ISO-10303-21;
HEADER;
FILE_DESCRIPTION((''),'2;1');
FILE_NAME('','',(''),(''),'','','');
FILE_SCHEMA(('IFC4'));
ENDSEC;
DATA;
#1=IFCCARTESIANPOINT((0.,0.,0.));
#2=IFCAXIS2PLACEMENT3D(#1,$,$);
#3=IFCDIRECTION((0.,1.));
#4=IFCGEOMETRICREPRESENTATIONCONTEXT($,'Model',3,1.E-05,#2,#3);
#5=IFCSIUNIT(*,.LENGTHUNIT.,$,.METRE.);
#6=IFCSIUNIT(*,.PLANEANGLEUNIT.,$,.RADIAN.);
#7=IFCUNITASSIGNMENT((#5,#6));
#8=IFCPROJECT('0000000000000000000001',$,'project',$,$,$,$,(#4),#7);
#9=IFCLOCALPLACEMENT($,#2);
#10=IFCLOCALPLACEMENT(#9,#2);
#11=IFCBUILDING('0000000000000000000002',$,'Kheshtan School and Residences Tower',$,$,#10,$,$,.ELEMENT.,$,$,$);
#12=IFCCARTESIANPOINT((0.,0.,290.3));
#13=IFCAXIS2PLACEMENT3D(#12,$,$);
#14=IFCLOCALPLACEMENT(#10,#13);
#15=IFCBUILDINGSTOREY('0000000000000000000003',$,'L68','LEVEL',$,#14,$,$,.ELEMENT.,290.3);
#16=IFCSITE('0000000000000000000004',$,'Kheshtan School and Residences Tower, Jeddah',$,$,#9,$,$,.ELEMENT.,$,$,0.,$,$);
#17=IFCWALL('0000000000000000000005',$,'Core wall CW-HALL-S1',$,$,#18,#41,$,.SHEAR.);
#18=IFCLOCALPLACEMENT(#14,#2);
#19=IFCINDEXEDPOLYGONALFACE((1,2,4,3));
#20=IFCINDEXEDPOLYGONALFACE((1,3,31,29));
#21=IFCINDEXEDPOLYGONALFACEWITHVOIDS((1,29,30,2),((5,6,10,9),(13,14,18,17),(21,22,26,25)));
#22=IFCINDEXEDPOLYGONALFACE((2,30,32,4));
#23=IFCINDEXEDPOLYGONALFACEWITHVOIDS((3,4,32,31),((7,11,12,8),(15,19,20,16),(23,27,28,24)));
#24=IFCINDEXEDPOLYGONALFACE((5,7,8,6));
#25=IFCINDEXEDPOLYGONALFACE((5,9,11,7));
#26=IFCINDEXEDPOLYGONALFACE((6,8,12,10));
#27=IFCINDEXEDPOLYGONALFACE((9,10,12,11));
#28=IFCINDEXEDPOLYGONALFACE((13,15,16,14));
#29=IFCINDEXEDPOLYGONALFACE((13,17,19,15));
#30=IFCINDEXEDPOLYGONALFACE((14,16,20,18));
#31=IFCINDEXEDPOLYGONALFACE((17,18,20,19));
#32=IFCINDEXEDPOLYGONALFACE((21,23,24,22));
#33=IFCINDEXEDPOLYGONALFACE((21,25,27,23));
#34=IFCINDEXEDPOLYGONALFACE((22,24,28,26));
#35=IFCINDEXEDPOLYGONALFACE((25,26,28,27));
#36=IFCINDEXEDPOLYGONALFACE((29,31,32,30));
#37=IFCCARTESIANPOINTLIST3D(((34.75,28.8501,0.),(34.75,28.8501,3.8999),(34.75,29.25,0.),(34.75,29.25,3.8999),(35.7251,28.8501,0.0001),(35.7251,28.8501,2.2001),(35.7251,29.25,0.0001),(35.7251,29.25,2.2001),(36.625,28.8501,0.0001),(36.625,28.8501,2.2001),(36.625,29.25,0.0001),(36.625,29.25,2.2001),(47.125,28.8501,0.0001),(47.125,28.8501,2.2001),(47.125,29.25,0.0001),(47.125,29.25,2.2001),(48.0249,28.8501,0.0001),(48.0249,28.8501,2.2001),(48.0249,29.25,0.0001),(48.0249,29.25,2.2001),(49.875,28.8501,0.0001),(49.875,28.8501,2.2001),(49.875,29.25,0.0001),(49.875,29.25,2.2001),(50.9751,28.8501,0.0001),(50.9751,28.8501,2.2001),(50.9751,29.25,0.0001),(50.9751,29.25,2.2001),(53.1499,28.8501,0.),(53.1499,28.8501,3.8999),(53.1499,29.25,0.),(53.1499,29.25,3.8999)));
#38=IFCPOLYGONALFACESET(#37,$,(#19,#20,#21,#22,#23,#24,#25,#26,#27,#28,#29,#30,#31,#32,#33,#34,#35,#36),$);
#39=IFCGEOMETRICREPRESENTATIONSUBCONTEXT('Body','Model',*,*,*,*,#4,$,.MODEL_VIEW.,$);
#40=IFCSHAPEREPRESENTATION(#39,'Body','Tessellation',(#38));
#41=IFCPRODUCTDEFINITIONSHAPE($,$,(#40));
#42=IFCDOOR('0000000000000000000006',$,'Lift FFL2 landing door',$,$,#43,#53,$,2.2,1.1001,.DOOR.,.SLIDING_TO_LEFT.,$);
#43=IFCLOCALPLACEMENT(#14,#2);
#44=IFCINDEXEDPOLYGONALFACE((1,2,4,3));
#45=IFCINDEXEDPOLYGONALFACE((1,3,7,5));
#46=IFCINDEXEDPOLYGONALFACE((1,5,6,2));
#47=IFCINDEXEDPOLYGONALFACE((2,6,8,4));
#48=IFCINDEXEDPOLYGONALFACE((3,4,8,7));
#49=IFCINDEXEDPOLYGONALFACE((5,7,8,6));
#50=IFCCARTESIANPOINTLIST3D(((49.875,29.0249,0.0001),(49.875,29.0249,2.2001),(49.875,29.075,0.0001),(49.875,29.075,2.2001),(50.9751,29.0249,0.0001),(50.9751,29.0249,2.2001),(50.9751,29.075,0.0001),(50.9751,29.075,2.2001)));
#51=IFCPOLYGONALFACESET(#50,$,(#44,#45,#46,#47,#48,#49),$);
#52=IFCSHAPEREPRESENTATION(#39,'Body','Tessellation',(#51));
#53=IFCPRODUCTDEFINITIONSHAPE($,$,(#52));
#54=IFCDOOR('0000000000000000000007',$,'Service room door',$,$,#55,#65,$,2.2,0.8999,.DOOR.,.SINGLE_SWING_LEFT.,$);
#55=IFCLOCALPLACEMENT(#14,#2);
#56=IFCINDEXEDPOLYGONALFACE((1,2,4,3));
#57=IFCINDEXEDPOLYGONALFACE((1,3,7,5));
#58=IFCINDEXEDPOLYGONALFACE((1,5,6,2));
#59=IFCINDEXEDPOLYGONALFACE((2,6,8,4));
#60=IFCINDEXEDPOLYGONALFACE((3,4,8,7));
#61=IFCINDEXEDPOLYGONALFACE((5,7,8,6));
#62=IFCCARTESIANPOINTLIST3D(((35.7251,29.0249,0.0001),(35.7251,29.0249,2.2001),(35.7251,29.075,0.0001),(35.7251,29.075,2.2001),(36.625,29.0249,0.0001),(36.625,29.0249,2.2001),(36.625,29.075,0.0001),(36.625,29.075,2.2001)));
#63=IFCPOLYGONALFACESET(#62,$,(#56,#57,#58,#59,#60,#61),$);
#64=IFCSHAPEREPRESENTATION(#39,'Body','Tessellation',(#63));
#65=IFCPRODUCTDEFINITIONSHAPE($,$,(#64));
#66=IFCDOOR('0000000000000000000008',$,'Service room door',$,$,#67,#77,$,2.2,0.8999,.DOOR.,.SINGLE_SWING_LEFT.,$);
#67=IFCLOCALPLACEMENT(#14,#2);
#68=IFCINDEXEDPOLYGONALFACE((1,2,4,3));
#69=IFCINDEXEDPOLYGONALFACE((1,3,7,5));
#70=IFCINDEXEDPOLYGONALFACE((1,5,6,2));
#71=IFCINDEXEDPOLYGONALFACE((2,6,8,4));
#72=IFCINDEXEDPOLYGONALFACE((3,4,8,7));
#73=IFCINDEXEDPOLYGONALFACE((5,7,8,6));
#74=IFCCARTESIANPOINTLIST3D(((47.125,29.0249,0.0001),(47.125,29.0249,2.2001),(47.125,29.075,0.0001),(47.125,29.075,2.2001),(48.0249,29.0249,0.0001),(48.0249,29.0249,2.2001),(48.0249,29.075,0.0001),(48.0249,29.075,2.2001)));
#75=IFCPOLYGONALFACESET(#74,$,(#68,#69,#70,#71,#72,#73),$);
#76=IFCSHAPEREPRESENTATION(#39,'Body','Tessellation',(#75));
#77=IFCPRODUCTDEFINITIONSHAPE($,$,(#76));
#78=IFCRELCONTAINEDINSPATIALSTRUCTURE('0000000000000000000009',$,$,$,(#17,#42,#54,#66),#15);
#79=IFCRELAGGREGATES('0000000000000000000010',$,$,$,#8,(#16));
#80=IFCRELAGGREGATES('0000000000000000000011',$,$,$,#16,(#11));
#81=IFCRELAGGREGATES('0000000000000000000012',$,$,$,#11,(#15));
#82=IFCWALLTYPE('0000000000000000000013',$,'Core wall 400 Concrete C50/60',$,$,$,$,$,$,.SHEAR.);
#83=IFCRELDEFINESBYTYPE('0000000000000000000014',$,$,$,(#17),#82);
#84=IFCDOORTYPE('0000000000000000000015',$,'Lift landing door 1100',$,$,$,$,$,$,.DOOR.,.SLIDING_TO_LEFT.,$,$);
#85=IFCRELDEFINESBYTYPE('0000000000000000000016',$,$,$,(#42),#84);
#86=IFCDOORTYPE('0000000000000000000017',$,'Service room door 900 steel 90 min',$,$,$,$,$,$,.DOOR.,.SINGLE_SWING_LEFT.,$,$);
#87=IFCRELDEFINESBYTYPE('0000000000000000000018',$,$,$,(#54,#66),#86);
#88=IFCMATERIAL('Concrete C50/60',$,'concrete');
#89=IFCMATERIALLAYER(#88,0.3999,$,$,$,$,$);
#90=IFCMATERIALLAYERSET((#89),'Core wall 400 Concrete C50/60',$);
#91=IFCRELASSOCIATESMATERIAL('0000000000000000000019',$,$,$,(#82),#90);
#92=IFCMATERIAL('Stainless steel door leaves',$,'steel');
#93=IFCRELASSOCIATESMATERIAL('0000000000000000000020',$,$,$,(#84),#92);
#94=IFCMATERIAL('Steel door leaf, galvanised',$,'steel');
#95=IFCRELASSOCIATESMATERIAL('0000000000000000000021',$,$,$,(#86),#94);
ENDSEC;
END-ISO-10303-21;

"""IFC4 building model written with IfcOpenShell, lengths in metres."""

from ifc_helpers import new_model, si_unit, direction, frame, frame_2d, origin, place, context, subcontext, project, spatial, rectangle, extrude, source, transform, mapped, material, layer, layer_set, type_object, element, fill, save


model = new_model("IFC4")

# Units and contexts
model_context = context("Model", 3, precision=1e-05, world=origin(), true_north=direction((0.0, 1.0)))
body_context = subcontext(model_context, "Body", "Model", "MODEL_VIEW")
ifc_project = project(units=[si_unit("LENGTHUNIT", "METRE"), si_unit("PLANEANGLEUNIT", "RADIAN")], contexts=[model_context])

# Site, building, storey
site_placement = place(None, origin())
site = spatial("IfcSite", under=ifc_project, at=site_placement, Name="Kheshtan School and Residences Tower, Jeddah", CompositionType="ELEMENT", RefElevation=0.0)
building_placement = place(site_placement, origin())
building = spatial("IfcBuilding", under=site, at=building_placement, Name="Kheshtan School and Residences Tower", CompositionType="ELEMENT")
storey_placement = place(building_placement, frame((0.0, 0.0, 290.3)))
storey = spatial("IfcBuildingStorey", under=building, at=storey_placement, Name="L68", Description="LEVEL", CompositionType="ELEMENT", Elevation=290.3)

# Wall, openings, doors
ifc_material_1 = material(Name="Concrete C50/60", Category="concrete")
ifc_layer_1 = layer(ifc_material_1, 0.3999)
ifc_layer_set_1 = layer_set([ifc_layer_1], Name="Core wall 400 Concrete C50/60")
wall_type_1 = type_object("IfcWallType", Name="Core wall 400 Concrete C50/60", PredefinedType="SHEAR", material=ifc_layer_set_1)
wall_1_placement = place(storey_placement, frame((34.75, 29.05, 0.0), z_axis=(0.0, 0.0, 1.0), x_axis=(1.0, 0.0, 0.0)))
wall_1 = element("IfcWall", 1, at=wall_1_placement, inside=storey, type_object=wall_type_1, Name="Core wall CW-HALL-S1", PredefinedType="SHEAR", context=body_context, shape_type="SweptSolid", body=[
    extrude(rectangle(XDim=18.3999, YDim=0.3999, at=frame_2d((9.2, 0.0))), origin(), (0.0, 0.0, 1.0), 3.8999),
])
opening_1_placement = place(wall_1_placement, frame((15.125, 0.0, 0.0)))
opening_1 = element("IfcOpeningElement", 2, at=opening_1_placement, cuts=wall_1, PredefinedType="OPENING", context=body_context, shape_type="SweptSolid", body=[
    extrude(rectangle(XDim=1.1001, YDim=2.2, at=frame_2d((0.55, 1.1001))), frame((0.0, 0.21, 0.0), z_axis=(0.0, -1.0, 0.0), x_axis=(1.0, 0.0, 0.0)), (0.0, 0.0, 1.0), 0.4199),
])
opening_2_placement = place(wall_1_placement, frame((0.9751, 0.0, 0.0)))
opening_2 = element("IfcOpeningElement", 3, at=opening_2_placement, cuts=wall_1, PredefinedType="OPENING", context=body_context, shape_type="SweptSolid", body=[
    extrude(rectangle(XDim=0.8999, YDim=2.2, at=frame_2d((0.45, 1.1001))), frame((0.0, 0.21, 0.0), z_axis=(0.0, -1.0, 0.0), x_axis=(1.0, 0.0, 0.0)), (0.0, 0.0, 1.0), 0.4199),
])
opening_3_placement = place(wall_1_placement, frame((12.375, 0.0, 0.0)))
opening_3 = element("IfcOpeningElement", 4, at=opening_3_placement, cuts=wall_1, PredefinedType="OPENING", context=body_context, shape_type="SweptSolid", body=[
    extrude(rectangle(XDim=0.8999, YDim=2.2, at=frame_2d((0.45, 1.1001))), frame((0.0, 0.21, 0.0), z_axis=(0.0, -1.0, 0.0), x_axis=(1.0, 0.0, 0.0)), (0.0, 0.0, 1.0), 0.4199),
])
ifc_material_2 = material(Name="Stainless steel door leaves", Category="steel")
door_type_1 = type_object("IfcDoorType", Name="Lift landing door 1100", OperationType="SLIDING_TO_LEFT", PredefinedType="DOOR", material=ifc_material_2)
shared_shape_1 = source(origin(), body_context, "Body", "SweptSolid", [
    extrude(rectangle(XDim=1.1001, YDim=2.2, at=frame_2d((0.55, 1.1001))), frame((0.0, 0.0249, 0.0), z_axis=(0.0, -1.0, 0.0), x_axis=(1.0, 0.0, 0.0)), (0.0, 0.0, 1.0), 0.05),
])
door_1_placement = place(opening_1_placement, origin())
door_1 = element("IfcDoor", 5, at=door_1_placement, inside=storey, type_object=door_type_1, Name="Lift FFL2 landing door", OperationType="SLIDING_TO_LEFT", OverallHeight=2.2, OverallWidth=1.1001, PredefinedType="DOOR", context=body_context, shape_type="MappedRepresentation", body=[
    mapped(shared_shape_1, transform((0.0, 0.0, 0.0), x_axis=(1.0, 0.0, 0.0), y_axis=(0.0, 1.0, 0.0), z_axis=(0.0, 0.0, 1.0), scale=1.0)),
])
fill(opening_1, door_1)
ifc_material_3 = material(Name="Steel door leaf, galvanised", Category="steel")
door_type_2 = type_object("IfcDoorType", Name="Service room door 900 steel 90 min", OperationType="SINGLE_SWING_LEFT", PredefinedType="DOOR", material=ifc_material_3)
shared_shape_2 = source(origin(), body_context, "Body", "SweptSolid", [
    extrude(rectangle(XDim=0.8999, YDim=2.2, at=frame_2d((0.45, 1.1001))), frame((0.0, 0.0249, 0.0), z_axis=(0.0, -1.0, 0.0), x_axis=(1.0, 0.0, 0.0)), (0.0, 0.0, 1.0), 0.05),
])
door_2_placement = place(opening_2_placement, origin())
door_2 = element("IfcDoor", 6, at=door_2_placement, inside=storey, type_object=door_type_2, Name="Service room door", OperationType="SINGLE_SWING_LEFT", OverallHeight=2.2, OverallWidth=0.8999, PredefinedType="DOOR", context=body_context, shape_type="MappedRepresentation", body=[
    mapped(shared_shape_2, transform((0.0, 0.0, 0.0), x_axis=(1.0, 0.0, 0.0), y_axis=(0.0, 1.0, 0.0), z_axis=(0.0, 0.0, 1.0), scale=1.0)),
])
fill(opening_2, door_2)
door_3_placement = place(opening_3_placement, origin())
door_3 = element("IfcDoor", 7, at=door_3_placement, inside=storey, type_object=door_type_2, Name="Service room door", OperationType="SINGLE_SWING_LEFT", OverallHeight=2.2, OverallWidth=0.8999, PredefinedType="DOOR", context=body_context, shape_type="MappedRepresentation", body=[
    mapped(shared_shape_2, transform((0.0, 0.0, 0.0), x_axis=(1.0, 0.0, 0.0), y_axis=(0.0, 1.0, 0.0), z_axis=(0.0, 0.0, 1.0), scale=1.0)),
])
fill(opening_3, door_3)

save(model, "model.ifc")
